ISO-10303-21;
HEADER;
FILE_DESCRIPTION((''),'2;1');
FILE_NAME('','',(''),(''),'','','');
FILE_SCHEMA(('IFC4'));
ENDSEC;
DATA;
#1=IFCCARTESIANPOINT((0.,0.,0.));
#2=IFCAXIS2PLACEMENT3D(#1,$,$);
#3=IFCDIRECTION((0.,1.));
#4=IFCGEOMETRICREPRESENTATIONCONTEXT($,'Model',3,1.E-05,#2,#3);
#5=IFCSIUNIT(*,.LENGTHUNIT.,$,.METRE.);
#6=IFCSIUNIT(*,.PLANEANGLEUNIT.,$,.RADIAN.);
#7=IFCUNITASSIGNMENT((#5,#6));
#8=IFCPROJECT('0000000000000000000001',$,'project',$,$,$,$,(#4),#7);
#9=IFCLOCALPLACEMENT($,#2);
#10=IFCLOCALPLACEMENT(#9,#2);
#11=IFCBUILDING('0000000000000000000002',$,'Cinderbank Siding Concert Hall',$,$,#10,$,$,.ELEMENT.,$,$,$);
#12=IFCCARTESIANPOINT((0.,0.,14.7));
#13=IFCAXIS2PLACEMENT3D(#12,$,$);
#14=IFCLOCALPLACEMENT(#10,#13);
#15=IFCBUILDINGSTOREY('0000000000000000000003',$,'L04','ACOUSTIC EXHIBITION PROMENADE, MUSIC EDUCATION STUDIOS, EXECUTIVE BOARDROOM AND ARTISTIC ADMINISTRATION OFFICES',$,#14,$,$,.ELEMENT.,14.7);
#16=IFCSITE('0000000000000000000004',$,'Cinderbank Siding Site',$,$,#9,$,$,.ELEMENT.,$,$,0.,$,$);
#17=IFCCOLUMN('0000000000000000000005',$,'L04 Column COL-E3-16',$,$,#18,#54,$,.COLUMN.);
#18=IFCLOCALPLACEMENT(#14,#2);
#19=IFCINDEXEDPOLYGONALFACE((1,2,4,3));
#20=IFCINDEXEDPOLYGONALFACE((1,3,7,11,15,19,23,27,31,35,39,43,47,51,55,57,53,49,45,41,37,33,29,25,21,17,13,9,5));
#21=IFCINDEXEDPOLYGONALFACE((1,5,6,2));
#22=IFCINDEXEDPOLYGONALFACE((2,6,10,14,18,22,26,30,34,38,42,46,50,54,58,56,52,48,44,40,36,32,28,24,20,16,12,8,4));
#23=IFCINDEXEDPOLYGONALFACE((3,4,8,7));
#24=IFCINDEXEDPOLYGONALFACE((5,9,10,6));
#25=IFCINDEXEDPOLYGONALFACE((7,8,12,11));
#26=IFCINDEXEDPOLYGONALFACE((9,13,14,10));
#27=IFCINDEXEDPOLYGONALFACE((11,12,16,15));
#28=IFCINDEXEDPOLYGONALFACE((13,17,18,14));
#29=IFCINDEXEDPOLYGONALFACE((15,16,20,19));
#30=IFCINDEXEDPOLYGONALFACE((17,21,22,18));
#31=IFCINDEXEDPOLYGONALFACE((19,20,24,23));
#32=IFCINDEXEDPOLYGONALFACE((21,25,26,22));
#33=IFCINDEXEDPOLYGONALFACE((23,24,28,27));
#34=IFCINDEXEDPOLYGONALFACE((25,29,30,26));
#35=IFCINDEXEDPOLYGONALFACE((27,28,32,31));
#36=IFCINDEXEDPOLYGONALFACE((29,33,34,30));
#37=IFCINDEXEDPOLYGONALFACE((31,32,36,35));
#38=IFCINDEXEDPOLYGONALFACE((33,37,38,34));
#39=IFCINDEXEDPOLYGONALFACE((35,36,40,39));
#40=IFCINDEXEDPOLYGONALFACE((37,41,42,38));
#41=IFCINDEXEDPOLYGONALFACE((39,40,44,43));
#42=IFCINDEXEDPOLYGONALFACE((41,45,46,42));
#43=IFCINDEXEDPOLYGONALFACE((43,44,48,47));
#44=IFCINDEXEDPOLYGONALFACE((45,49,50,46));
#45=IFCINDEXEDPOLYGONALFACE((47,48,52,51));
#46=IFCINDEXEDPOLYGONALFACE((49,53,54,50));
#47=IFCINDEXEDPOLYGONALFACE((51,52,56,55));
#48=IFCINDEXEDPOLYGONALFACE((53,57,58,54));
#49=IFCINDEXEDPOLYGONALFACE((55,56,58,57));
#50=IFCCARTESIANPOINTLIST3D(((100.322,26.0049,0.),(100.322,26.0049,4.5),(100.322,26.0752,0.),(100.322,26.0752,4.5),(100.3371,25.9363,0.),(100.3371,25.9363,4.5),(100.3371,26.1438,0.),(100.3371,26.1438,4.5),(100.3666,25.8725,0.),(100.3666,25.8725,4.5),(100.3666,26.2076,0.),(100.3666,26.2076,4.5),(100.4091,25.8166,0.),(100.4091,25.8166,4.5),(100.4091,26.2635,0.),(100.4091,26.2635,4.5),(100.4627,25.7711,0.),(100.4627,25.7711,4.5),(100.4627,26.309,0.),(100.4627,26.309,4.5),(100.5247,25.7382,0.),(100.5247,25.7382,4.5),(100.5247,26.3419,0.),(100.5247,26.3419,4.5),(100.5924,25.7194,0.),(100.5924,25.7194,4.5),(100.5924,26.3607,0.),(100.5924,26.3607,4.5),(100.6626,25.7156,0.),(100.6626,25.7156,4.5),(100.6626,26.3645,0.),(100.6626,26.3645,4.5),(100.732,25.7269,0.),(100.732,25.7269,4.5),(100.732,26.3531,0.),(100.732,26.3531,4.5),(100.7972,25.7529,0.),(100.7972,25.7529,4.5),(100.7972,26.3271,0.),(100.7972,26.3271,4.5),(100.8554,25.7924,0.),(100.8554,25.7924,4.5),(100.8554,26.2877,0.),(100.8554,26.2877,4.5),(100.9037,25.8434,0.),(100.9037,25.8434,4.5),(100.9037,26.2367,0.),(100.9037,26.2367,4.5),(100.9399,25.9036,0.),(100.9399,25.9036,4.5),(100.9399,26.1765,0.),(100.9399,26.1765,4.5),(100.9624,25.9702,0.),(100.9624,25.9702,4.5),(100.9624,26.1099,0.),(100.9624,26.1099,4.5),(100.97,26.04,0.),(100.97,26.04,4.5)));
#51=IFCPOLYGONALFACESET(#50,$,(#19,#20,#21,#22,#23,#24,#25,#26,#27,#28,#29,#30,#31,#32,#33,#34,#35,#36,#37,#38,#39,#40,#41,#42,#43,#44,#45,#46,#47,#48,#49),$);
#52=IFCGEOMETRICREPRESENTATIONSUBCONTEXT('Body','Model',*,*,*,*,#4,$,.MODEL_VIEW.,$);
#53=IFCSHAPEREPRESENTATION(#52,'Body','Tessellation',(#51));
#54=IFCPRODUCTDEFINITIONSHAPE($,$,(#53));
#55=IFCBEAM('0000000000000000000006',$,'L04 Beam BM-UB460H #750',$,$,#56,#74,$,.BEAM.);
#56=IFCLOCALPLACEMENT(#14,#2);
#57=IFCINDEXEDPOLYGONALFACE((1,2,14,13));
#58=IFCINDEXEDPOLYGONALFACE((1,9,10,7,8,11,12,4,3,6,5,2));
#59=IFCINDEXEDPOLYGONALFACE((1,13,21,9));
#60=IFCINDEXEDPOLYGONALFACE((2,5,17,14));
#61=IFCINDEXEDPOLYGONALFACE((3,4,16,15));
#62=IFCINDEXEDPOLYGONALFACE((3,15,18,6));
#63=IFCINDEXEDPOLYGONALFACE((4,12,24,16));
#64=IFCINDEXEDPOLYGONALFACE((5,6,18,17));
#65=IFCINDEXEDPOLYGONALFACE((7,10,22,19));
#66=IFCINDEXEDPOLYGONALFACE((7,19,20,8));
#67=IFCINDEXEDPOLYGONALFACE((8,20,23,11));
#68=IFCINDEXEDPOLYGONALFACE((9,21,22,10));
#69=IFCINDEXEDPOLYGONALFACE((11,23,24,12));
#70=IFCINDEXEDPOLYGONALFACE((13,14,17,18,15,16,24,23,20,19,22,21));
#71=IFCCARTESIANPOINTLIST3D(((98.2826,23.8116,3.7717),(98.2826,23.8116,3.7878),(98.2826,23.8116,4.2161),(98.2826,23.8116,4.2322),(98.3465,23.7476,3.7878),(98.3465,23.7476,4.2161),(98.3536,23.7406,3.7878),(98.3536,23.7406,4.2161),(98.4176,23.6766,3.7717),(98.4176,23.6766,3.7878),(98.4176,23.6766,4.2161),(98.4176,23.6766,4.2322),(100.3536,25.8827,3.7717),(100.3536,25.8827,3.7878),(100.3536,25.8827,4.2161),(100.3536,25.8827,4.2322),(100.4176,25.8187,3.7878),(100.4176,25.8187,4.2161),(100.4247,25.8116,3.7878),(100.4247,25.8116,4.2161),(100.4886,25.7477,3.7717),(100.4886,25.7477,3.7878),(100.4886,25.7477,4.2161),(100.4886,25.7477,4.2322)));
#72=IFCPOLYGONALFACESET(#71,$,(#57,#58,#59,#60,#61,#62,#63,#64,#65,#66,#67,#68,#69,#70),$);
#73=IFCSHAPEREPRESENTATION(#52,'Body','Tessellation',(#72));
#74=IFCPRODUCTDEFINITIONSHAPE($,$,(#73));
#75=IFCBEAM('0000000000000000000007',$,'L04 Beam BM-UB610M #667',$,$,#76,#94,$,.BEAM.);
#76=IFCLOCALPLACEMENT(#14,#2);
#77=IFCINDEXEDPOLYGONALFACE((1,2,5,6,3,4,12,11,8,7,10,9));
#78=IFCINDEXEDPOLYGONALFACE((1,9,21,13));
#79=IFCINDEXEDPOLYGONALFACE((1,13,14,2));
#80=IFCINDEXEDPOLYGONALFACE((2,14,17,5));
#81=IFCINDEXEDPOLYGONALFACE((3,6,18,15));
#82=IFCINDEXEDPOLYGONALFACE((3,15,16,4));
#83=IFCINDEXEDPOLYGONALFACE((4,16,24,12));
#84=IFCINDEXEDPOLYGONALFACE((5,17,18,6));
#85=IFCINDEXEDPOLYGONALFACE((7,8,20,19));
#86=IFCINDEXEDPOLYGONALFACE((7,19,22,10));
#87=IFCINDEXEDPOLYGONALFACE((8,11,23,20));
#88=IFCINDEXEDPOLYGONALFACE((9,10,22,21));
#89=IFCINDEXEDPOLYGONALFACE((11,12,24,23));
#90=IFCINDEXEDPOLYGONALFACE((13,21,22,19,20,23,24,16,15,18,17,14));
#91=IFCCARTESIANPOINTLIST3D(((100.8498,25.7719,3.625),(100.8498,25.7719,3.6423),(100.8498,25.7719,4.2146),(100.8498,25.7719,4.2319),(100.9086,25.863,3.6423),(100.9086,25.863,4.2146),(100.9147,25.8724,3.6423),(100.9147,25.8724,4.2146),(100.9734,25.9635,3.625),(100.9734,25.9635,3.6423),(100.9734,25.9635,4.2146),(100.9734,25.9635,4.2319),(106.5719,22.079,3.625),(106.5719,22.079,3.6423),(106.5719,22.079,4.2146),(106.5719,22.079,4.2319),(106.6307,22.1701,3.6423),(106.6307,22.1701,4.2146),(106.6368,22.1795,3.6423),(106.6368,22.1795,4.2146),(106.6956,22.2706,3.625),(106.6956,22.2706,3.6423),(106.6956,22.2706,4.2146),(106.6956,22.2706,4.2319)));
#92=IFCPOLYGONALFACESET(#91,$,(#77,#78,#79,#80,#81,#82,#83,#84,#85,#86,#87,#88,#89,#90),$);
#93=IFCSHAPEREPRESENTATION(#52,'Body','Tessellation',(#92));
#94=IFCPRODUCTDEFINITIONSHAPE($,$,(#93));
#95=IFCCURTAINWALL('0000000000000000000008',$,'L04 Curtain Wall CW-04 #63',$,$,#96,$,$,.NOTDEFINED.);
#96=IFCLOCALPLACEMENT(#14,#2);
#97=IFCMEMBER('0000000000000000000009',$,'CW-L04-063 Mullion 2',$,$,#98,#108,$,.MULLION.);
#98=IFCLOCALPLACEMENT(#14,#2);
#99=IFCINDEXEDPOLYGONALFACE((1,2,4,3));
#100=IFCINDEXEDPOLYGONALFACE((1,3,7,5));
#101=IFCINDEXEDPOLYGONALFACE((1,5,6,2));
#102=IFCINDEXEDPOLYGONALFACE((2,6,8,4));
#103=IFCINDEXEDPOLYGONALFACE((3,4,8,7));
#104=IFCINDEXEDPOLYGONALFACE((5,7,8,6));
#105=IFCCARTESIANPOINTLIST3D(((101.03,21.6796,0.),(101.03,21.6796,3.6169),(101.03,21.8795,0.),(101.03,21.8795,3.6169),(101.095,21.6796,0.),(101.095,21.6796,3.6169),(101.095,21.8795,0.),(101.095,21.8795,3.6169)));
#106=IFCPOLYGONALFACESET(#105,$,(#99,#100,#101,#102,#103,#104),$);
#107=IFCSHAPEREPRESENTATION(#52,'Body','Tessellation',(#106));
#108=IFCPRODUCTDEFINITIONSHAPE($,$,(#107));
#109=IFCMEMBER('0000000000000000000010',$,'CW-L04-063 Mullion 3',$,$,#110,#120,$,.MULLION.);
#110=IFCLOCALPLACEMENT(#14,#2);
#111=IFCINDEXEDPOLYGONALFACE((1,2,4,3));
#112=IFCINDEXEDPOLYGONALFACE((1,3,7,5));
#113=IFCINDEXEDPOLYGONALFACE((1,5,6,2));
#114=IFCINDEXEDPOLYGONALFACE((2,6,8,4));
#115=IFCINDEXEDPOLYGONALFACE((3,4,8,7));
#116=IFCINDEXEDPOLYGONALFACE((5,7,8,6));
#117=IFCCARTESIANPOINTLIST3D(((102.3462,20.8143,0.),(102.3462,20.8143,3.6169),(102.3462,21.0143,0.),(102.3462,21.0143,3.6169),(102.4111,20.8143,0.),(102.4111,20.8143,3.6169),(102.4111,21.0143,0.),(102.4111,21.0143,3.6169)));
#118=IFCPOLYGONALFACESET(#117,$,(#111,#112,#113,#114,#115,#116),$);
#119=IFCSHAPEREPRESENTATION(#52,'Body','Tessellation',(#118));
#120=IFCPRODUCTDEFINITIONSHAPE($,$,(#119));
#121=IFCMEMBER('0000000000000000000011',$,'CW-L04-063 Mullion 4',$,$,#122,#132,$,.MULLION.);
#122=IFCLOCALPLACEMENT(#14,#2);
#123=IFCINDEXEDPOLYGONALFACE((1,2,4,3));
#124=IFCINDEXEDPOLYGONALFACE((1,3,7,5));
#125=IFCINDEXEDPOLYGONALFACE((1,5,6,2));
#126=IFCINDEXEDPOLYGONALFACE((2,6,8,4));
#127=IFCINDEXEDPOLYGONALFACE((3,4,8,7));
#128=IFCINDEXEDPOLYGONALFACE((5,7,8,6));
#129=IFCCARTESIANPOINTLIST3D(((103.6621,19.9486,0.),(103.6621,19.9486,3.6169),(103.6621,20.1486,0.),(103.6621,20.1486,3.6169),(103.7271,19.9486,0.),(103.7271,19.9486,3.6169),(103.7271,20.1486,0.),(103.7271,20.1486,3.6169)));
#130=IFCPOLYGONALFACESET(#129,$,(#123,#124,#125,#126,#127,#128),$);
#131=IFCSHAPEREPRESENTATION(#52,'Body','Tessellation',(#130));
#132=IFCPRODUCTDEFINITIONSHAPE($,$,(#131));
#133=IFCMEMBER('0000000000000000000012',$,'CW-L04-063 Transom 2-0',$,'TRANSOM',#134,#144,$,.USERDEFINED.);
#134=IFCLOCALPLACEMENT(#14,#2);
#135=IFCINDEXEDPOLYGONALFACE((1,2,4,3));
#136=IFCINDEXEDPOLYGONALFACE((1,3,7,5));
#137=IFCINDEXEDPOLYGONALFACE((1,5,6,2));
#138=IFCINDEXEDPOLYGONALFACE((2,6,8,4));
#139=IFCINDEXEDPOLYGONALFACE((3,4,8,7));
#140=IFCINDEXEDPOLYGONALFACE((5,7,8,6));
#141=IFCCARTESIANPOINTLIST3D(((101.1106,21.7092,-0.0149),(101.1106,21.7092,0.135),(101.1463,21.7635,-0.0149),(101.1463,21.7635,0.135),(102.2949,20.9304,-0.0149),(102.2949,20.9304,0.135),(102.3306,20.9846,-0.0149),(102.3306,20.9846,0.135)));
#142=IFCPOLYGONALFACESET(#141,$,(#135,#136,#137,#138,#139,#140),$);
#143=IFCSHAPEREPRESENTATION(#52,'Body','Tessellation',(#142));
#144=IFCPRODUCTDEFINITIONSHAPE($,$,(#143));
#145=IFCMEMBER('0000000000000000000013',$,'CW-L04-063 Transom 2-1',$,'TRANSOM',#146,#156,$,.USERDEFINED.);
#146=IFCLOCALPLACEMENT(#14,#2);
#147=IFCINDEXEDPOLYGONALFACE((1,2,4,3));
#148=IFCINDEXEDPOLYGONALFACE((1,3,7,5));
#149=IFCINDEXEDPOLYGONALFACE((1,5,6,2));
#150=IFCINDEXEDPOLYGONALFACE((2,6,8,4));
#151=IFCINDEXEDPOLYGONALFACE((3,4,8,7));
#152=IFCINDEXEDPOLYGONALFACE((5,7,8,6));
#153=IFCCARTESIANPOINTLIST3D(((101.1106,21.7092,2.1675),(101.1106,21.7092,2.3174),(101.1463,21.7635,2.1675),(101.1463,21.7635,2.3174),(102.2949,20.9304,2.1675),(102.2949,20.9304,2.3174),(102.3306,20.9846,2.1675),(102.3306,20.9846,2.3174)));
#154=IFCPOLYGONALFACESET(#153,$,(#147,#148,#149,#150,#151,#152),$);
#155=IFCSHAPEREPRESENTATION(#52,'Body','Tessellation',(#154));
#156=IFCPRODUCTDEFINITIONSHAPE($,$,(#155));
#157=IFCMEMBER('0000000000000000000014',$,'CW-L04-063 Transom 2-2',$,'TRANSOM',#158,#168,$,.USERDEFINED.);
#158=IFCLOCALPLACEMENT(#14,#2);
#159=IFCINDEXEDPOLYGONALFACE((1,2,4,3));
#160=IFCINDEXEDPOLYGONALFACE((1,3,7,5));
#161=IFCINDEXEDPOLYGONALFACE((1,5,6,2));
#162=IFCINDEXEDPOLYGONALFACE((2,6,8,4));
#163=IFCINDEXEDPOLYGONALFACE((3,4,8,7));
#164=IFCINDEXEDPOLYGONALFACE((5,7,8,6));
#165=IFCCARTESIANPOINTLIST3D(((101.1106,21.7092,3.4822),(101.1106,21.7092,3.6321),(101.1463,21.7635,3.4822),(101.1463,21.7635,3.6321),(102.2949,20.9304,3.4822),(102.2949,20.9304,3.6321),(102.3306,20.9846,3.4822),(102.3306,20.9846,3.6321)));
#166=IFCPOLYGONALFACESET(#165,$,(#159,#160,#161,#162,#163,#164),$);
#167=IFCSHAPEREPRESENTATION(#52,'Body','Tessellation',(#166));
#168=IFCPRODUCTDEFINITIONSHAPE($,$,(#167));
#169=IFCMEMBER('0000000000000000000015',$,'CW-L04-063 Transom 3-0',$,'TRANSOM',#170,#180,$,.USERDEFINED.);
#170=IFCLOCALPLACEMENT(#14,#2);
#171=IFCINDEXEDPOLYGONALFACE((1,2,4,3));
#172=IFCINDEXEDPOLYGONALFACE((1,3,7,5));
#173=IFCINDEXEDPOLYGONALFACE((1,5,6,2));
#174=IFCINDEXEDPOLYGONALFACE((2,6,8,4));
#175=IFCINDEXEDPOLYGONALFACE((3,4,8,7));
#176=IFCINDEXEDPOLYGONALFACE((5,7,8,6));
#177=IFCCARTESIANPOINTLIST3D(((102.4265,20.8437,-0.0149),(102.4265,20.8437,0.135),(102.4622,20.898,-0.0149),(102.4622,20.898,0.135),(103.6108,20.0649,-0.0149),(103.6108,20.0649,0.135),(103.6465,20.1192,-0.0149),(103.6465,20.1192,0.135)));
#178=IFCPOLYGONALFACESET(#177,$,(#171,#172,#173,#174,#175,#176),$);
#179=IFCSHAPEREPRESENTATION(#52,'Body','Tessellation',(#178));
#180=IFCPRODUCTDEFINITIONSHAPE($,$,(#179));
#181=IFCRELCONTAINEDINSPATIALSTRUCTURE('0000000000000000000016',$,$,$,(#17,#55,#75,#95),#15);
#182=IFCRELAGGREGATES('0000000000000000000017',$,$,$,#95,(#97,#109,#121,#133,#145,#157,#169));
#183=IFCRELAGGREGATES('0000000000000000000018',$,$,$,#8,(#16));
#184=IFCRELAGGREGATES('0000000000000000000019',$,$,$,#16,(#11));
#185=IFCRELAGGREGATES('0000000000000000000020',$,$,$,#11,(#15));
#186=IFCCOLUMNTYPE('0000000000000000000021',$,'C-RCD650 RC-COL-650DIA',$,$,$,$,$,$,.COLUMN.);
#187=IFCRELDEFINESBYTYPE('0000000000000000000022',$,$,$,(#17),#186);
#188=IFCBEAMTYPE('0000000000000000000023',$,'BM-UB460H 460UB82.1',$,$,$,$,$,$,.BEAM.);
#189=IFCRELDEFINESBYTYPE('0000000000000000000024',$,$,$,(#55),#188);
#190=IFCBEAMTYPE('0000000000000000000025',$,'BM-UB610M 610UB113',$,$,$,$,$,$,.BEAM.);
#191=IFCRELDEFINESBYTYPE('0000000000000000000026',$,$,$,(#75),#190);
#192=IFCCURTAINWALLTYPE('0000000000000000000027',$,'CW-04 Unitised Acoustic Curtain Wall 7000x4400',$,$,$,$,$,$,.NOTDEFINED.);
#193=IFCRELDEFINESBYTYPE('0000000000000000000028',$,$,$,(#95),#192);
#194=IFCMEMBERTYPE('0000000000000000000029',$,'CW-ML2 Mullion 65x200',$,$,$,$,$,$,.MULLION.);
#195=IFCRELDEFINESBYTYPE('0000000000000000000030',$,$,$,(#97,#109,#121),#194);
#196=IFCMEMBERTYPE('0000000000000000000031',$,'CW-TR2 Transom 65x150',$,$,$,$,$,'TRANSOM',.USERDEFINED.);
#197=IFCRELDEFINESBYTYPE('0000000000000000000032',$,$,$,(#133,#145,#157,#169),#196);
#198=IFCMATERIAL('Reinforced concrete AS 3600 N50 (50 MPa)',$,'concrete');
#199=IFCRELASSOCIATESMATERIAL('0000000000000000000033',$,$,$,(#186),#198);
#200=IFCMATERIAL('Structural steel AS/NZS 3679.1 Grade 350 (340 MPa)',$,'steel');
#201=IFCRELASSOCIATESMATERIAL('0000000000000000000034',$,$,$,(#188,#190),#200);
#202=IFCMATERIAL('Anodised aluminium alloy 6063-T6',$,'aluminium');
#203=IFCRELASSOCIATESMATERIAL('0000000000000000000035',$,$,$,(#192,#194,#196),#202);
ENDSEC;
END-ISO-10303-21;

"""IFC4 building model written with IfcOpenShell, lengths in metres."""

from ifc_helpers import new_model, si_unit, direction, frame, origin, origin_2d, place, context, subcontext, project, spatial, rectangle, circle, i_section, extrude, material, material_profile, profile_set, type_object, element, aggregate, save


model = new_model("IFC4")

# Units and contexts
model_context = context("Model", 3, precision=1e-05, world=origin(), true_north=direction((0.0, 1.0)))
body_context = subcontext(model_context, "Body", "Model", "MODEL_VIEW")
ifc_project = project(units=[si_unit("LENGTHUNIT", "METRE"), si_unit("PLANEANGLEUNIT", "RADIAN")], contexts=[model_context])

# Site, building, storey
site_placement = place(None, origin())
site = spatial("IfcSite", under=ifc_project, at=site_placement, Name="Cinderbank Siding Site", CompositionType="ELEMENT", RefElevation=0.0)
building_placement = place(site_placement, origin())
building = spatial("IfcBuilding", under=site, at=building_placement, Name="Cinderbank Siding Concert Hall", CompositionType="ELEMENT")
storey_placement = place(building_placement, frame((0.0, 0.0, 14.7)))
storey = spatial("IfcBuildingStorey", under=building, at=storey_placement, Name="L04", Description="ACOUSTIC EXHIBITION PROMENADE, MUSIC EDUCATION STUDIOS, EXECUTIVE BOARDROOM AND ARTISTIC ADMINISTRATION OFFICES", CompositionType="ELEMENT", Elevation=14.7)

# Column
ifc_material_1 = material(Name="Reinforced concrete AS 3600 N50 (50 MPa)", Category="concrete")
ifc_material_profile_1 = material_profile(ifc_material_1, circle(Radius=0.325, at=origin_2d()), Name="RC-COL-650DIA", Category="LoadBearing")
ifc_profile_set_1 = profile_set([ifc_material_profile_1], Name="Reinforced concrete AS 3600 N50 (50 MPa)")
column_type = type_object("IfcColumnType", Name="C-RCD650 RC-COL-650DIA", PredefinedType="COLUMN", material=ifc_profile_set_1)
column_placement = place(storey_placement, frame((100.645, 26.04, 0.0), z_axis=(0.0, 0.0, 1.0), x_axis=(1.0, 0.0, 0.0)))
element("IfcColumn", 1, at=column_placement, inside=storey, type_object=column_type, Name="L04 Column COL-E3-16", PredefinedType="COLUMN", context=body_context, shape_type="SweptSolid", body=[
    extrude(circle(Radius=0.325, at=origin_2d()), origin(), (0.0, 0.0, 1.0), 4.5),
])

# Beams
ifc_material_2 = material(Name="Structural steel AS/NZS 3679.1 Grade 350 (340 MPa)", Category="steel")
ifc_material_profile_2 = material_profile(ifc_material_2, i_section(OverallWidth=0.1909, OverallDepth=0.4604, WebThickness=0.01, FlangeThickness=0.0161, at=origin_2d()), Name="460UB82.1", Category="LoadBearing")
ifc_profile_set_2 = profile_set([ifc_material_profile_2], Name="Structural steel AS/NZS 3679.1 Grade 350 (340 MPa)")
beam_type_1 = type_object("IfcBeamType", Name="BM-UB460H 460UB82.1", PredefinedType="BEAM", material=ifc_profile_set_2)
beam_1_placement = place(storey_placement, frame((100.4211, 25.8152, 4.002), z_axis=(-0.707107, -0.707107, 0.0), x_axis=(0.707107, -0.707107, 0.0)))
element("IfcBeam", 2, at=beam_1_placement, inside=storey, type_object=beam_type_1, Name="L04 Beam BM-UB460H #750", PredefinedType="BEAM", context=body_context, shape_type="SweptSolid", body=[
    extrude(i_section(OverallWidth=0.1909, OverallDepth=0.4604, WebThickness=0.01, FlangeThickness=0.0161, at=origin_2d()), origin(), (0.0, 0.0, 1.0), 2.929),
])
ifc_material_profile_3 = material_profile(ifc_material_2, i_section(OverallWidth=0.228, OverallDepth=0.6069, WebThickness=0.0112, FlangeThickness=0.0173, at=origin_2d()), Name="610UB113", Category="LoadBearing")
ifc_profile_set_3 = profile_set([ifc_material_profile_3], Name="Structural steel AS/NZS 3679.1 Grade 350 (340 MPa)")
beam_type_2 = type_object("IfcBeamType", Name="BM-UB610M 610UB113", PredefinedType="BEAM", material=ifc_profile_set_3)
beam_2_placement = place(storey_placement, frame((100.9116, 25.8677, 3.9285), z_axis=(0.84022, -0.542246, 0.0), x_axis=(0.542246, 0.84022, 0.0)))
element("IfcBeam", 3, at=beam_2_placement, inside=storey, type_object=beam_type_2, Name="L04 Beam BM-UB610M #667", PredefinedType="BEAM", context=body_context, shape_type="SweptSolid", body=[
    extrude(i_section(OverallWidth=0.228, OverallDepth=0.6069, WebThickness=0.0112, FlangeThickness=0.0173, at=origin_2d()), origin(), (0.0, 0.0, 1.0), 6.8103),
])

# Curtain wall, members
ifc_material_3 = material(Name="Anodised aluminium alloy 6063-T6", Category="aluminium")
curtain_wall_type = type_object("IfcCurtainWallType", Name="CW-04 Unitised Acoustic Curtain Wall 7000x4400", PredefinedType="NOTDEFINED", material=ifc_material_3)
curtain_wall_placement = place(storey_placement, origin())
curtain_wall = element("IfcCurtainWall", 4, at=curtain_wall_placement, inside=storey, type_object=curtain_wall_type, Name="L04 Curtain Wall CW-04 #63", PredefinedType="NOTDEFINED")
ifc_material_profile_4 = material_profile(ifc_material_3, rectangle(XDim=0.0649, YDim=0.2, at=origin_2d()), Name="ALU-MULL-65x200", Category="LoadBearing")
ifc_profile_set_4 = profile_set([ifc_material_profile_4], Name="Anodised aluminium alloy 6063-T6")
member_type_1 = type_object("IfcMemberType", Name="CW-ML2 Mullion 65x200", PredefinedType="MULLION", material=ifc_profile_set_4)
member_1_placement = place(storey_placement, frame((101.0625, 21.7795, 0.0), z_axis=(0.0, 0.0, 1.0), x_axis=(1.0, 0.0, 0.0)))
member_1 = element("IfcMember", 5, at=member_1_placement, type_object=member_type_1, Name="CW-L04-063 Mullion 2", PredefinedType="MULLION", context=body_context, shape_type="SweptSolid", body=[
    extrude(rectangle(XDim=0.0649, YDim=0.2, at=origin_2d()), origin(), (0.0, 0.0, 1.0), 3.6169),
])
member_2_placement = place(storey_placement, frame((102.3787, 20.9143, 0.0), z_axis=(0.0, 0.0, 1.0), x_axis=(1.0, 0.0, 0.0)))
member_2 = element("IfcMember", 6, at=member_2_placement, type_object=member_type_1, Name="CW-L04-063 Mullion 3", PredefinedType="MULLION", context=body_context, shape_type="SweptSolid", body=[
    extrude(rectangle(XDim=0.0649, YDim=0.2, at=origin_2d()), origin(), (0.0, 0.0, 1.0), 3.6169),
])
member_3_placement = place(storey_placement, frame((103.6946, 20.0486, 0.0), z_axis=(0.0, 0.0, 1.0), x_axis=(1.0, 0.0, 0.0)))
member_3 = element("IfcMember", 7, at=member_3_placement, type_object=member_type_1, Name="CW-L04-063 Mullion 4", PredefinedType="MULLION", context=body_context, shape_type="SweptSolid", body=[
    extrude(rectangle(XDim=0.0649, YDim=0.2, at=origin_2d()), origin(), (0.0, 0.0, 1.0), 3.6169),
])
ifc_material_profile_5 = material_profile(ifc_material_3, rectangle(XDim=0.0649, YDim=0.1499, at=origin_2d()), Name="ALU-TRAN-65x150", Category="LoadBearing")
ifc_profile_set_5 = profile_set([ifc_material_profile_5], Name="Anodised aluminium alloy 6063-T6")
member_type_2 = type_object("IfcMemberType", Name="CW-TR2 Transom 65x150", ElementType="TRANSOM", PredefinedType="USERDEFINED", material=ifc_profile_set_5)
member_4_placement = place(storey_placement, frame((101.1284, 21.7363, 0.0601), z_axis=(0.835532, -0.549443, 0.0), x_axis=(0.549443, 0.835532, 0.0)))
member_4 = element("IfcMember", 8, at=member_4_placement, type_object=member_type_2, Name="CW-L04-063 Transom 2-0", ObjectType="TRANSOM", PredefinedType="USERDEFINED", context=body_context, shape_type="SweptSolid", body=[
    extrude(rectangle(XDim=0.0649, YDim=0.1499, at=origin_2d()), origin(), (0.0, 0.0, 1.0), 1.4175),
])
member_5_placement = place(storey_placement, frame((101.1284, 21.7363, 2.2424), z_axis=(0.835532, -0.549443, 0.0), x_axis=(0.549443, 0.835532, 0.0)))
member_5 = element("IfcMember", 9, at=member_5_placement, type_object=member_type_2, Name="CW-L04-063 Transom 2-1", ObjectType="TRANSOM", PredefinedType="USERDEFINED", context=body_context, shape_type="SweptSolid", body=[
    extrude(rectangle(XDim=0.0649, YDim=0.1499, at=origin_2d()), origin(), (0.0, 0.0, 1.0), 1.4175),
])
member_6_placement = place(storey_placement, frame((101.1284, 21.7363, 3.5571), z_axis=(0.835532, -0.549443, 0.0), x_axis=(0.549443, 0.835532, 0.0)))
member_6 = element("IfcMember", 10, at=member_6_placement, type_object=member_type_2, Name="CW-L04-063 Transom 2-2", ObjectType="TRANSOM", PredefinedType="USERDEFINED", context=body_context, shape_type="SweptSolid", body=[
    extrude(rectangle(XDim=0.0649, YDim=0.1499, at=origin_2d()), origin(), (0.0, 0.0, 1.0), 1.4175),
])
member_7_placement = place(storey_placement, frame((102.4443, 20.8708, 0.0601), z_axis=(0.835532, -0.549443, 0.0), x_axis=(0.549443, 0.835532, 0.0)))
member_7 = element("IfcMember", 11, at=member_7_placement, type_object=member_type_2, Name="CW-L04-063 Transom 3-0", ObjectType="TRANSOM", PredefinedType="USERDEFINED", context=body_context, shape_type="SweptSolid", body=[
    extrude(rectangle(XDim=0.0649, YDim=0.1499, at=origin_2d()), origin(), (0.0, 0.0, 1.0), 1.4175),
])
aggregate(curtain_wall, [member_1, member_2, member_3, member_4, member_5, member_6, member_7])

save(model, "model.ifc")
